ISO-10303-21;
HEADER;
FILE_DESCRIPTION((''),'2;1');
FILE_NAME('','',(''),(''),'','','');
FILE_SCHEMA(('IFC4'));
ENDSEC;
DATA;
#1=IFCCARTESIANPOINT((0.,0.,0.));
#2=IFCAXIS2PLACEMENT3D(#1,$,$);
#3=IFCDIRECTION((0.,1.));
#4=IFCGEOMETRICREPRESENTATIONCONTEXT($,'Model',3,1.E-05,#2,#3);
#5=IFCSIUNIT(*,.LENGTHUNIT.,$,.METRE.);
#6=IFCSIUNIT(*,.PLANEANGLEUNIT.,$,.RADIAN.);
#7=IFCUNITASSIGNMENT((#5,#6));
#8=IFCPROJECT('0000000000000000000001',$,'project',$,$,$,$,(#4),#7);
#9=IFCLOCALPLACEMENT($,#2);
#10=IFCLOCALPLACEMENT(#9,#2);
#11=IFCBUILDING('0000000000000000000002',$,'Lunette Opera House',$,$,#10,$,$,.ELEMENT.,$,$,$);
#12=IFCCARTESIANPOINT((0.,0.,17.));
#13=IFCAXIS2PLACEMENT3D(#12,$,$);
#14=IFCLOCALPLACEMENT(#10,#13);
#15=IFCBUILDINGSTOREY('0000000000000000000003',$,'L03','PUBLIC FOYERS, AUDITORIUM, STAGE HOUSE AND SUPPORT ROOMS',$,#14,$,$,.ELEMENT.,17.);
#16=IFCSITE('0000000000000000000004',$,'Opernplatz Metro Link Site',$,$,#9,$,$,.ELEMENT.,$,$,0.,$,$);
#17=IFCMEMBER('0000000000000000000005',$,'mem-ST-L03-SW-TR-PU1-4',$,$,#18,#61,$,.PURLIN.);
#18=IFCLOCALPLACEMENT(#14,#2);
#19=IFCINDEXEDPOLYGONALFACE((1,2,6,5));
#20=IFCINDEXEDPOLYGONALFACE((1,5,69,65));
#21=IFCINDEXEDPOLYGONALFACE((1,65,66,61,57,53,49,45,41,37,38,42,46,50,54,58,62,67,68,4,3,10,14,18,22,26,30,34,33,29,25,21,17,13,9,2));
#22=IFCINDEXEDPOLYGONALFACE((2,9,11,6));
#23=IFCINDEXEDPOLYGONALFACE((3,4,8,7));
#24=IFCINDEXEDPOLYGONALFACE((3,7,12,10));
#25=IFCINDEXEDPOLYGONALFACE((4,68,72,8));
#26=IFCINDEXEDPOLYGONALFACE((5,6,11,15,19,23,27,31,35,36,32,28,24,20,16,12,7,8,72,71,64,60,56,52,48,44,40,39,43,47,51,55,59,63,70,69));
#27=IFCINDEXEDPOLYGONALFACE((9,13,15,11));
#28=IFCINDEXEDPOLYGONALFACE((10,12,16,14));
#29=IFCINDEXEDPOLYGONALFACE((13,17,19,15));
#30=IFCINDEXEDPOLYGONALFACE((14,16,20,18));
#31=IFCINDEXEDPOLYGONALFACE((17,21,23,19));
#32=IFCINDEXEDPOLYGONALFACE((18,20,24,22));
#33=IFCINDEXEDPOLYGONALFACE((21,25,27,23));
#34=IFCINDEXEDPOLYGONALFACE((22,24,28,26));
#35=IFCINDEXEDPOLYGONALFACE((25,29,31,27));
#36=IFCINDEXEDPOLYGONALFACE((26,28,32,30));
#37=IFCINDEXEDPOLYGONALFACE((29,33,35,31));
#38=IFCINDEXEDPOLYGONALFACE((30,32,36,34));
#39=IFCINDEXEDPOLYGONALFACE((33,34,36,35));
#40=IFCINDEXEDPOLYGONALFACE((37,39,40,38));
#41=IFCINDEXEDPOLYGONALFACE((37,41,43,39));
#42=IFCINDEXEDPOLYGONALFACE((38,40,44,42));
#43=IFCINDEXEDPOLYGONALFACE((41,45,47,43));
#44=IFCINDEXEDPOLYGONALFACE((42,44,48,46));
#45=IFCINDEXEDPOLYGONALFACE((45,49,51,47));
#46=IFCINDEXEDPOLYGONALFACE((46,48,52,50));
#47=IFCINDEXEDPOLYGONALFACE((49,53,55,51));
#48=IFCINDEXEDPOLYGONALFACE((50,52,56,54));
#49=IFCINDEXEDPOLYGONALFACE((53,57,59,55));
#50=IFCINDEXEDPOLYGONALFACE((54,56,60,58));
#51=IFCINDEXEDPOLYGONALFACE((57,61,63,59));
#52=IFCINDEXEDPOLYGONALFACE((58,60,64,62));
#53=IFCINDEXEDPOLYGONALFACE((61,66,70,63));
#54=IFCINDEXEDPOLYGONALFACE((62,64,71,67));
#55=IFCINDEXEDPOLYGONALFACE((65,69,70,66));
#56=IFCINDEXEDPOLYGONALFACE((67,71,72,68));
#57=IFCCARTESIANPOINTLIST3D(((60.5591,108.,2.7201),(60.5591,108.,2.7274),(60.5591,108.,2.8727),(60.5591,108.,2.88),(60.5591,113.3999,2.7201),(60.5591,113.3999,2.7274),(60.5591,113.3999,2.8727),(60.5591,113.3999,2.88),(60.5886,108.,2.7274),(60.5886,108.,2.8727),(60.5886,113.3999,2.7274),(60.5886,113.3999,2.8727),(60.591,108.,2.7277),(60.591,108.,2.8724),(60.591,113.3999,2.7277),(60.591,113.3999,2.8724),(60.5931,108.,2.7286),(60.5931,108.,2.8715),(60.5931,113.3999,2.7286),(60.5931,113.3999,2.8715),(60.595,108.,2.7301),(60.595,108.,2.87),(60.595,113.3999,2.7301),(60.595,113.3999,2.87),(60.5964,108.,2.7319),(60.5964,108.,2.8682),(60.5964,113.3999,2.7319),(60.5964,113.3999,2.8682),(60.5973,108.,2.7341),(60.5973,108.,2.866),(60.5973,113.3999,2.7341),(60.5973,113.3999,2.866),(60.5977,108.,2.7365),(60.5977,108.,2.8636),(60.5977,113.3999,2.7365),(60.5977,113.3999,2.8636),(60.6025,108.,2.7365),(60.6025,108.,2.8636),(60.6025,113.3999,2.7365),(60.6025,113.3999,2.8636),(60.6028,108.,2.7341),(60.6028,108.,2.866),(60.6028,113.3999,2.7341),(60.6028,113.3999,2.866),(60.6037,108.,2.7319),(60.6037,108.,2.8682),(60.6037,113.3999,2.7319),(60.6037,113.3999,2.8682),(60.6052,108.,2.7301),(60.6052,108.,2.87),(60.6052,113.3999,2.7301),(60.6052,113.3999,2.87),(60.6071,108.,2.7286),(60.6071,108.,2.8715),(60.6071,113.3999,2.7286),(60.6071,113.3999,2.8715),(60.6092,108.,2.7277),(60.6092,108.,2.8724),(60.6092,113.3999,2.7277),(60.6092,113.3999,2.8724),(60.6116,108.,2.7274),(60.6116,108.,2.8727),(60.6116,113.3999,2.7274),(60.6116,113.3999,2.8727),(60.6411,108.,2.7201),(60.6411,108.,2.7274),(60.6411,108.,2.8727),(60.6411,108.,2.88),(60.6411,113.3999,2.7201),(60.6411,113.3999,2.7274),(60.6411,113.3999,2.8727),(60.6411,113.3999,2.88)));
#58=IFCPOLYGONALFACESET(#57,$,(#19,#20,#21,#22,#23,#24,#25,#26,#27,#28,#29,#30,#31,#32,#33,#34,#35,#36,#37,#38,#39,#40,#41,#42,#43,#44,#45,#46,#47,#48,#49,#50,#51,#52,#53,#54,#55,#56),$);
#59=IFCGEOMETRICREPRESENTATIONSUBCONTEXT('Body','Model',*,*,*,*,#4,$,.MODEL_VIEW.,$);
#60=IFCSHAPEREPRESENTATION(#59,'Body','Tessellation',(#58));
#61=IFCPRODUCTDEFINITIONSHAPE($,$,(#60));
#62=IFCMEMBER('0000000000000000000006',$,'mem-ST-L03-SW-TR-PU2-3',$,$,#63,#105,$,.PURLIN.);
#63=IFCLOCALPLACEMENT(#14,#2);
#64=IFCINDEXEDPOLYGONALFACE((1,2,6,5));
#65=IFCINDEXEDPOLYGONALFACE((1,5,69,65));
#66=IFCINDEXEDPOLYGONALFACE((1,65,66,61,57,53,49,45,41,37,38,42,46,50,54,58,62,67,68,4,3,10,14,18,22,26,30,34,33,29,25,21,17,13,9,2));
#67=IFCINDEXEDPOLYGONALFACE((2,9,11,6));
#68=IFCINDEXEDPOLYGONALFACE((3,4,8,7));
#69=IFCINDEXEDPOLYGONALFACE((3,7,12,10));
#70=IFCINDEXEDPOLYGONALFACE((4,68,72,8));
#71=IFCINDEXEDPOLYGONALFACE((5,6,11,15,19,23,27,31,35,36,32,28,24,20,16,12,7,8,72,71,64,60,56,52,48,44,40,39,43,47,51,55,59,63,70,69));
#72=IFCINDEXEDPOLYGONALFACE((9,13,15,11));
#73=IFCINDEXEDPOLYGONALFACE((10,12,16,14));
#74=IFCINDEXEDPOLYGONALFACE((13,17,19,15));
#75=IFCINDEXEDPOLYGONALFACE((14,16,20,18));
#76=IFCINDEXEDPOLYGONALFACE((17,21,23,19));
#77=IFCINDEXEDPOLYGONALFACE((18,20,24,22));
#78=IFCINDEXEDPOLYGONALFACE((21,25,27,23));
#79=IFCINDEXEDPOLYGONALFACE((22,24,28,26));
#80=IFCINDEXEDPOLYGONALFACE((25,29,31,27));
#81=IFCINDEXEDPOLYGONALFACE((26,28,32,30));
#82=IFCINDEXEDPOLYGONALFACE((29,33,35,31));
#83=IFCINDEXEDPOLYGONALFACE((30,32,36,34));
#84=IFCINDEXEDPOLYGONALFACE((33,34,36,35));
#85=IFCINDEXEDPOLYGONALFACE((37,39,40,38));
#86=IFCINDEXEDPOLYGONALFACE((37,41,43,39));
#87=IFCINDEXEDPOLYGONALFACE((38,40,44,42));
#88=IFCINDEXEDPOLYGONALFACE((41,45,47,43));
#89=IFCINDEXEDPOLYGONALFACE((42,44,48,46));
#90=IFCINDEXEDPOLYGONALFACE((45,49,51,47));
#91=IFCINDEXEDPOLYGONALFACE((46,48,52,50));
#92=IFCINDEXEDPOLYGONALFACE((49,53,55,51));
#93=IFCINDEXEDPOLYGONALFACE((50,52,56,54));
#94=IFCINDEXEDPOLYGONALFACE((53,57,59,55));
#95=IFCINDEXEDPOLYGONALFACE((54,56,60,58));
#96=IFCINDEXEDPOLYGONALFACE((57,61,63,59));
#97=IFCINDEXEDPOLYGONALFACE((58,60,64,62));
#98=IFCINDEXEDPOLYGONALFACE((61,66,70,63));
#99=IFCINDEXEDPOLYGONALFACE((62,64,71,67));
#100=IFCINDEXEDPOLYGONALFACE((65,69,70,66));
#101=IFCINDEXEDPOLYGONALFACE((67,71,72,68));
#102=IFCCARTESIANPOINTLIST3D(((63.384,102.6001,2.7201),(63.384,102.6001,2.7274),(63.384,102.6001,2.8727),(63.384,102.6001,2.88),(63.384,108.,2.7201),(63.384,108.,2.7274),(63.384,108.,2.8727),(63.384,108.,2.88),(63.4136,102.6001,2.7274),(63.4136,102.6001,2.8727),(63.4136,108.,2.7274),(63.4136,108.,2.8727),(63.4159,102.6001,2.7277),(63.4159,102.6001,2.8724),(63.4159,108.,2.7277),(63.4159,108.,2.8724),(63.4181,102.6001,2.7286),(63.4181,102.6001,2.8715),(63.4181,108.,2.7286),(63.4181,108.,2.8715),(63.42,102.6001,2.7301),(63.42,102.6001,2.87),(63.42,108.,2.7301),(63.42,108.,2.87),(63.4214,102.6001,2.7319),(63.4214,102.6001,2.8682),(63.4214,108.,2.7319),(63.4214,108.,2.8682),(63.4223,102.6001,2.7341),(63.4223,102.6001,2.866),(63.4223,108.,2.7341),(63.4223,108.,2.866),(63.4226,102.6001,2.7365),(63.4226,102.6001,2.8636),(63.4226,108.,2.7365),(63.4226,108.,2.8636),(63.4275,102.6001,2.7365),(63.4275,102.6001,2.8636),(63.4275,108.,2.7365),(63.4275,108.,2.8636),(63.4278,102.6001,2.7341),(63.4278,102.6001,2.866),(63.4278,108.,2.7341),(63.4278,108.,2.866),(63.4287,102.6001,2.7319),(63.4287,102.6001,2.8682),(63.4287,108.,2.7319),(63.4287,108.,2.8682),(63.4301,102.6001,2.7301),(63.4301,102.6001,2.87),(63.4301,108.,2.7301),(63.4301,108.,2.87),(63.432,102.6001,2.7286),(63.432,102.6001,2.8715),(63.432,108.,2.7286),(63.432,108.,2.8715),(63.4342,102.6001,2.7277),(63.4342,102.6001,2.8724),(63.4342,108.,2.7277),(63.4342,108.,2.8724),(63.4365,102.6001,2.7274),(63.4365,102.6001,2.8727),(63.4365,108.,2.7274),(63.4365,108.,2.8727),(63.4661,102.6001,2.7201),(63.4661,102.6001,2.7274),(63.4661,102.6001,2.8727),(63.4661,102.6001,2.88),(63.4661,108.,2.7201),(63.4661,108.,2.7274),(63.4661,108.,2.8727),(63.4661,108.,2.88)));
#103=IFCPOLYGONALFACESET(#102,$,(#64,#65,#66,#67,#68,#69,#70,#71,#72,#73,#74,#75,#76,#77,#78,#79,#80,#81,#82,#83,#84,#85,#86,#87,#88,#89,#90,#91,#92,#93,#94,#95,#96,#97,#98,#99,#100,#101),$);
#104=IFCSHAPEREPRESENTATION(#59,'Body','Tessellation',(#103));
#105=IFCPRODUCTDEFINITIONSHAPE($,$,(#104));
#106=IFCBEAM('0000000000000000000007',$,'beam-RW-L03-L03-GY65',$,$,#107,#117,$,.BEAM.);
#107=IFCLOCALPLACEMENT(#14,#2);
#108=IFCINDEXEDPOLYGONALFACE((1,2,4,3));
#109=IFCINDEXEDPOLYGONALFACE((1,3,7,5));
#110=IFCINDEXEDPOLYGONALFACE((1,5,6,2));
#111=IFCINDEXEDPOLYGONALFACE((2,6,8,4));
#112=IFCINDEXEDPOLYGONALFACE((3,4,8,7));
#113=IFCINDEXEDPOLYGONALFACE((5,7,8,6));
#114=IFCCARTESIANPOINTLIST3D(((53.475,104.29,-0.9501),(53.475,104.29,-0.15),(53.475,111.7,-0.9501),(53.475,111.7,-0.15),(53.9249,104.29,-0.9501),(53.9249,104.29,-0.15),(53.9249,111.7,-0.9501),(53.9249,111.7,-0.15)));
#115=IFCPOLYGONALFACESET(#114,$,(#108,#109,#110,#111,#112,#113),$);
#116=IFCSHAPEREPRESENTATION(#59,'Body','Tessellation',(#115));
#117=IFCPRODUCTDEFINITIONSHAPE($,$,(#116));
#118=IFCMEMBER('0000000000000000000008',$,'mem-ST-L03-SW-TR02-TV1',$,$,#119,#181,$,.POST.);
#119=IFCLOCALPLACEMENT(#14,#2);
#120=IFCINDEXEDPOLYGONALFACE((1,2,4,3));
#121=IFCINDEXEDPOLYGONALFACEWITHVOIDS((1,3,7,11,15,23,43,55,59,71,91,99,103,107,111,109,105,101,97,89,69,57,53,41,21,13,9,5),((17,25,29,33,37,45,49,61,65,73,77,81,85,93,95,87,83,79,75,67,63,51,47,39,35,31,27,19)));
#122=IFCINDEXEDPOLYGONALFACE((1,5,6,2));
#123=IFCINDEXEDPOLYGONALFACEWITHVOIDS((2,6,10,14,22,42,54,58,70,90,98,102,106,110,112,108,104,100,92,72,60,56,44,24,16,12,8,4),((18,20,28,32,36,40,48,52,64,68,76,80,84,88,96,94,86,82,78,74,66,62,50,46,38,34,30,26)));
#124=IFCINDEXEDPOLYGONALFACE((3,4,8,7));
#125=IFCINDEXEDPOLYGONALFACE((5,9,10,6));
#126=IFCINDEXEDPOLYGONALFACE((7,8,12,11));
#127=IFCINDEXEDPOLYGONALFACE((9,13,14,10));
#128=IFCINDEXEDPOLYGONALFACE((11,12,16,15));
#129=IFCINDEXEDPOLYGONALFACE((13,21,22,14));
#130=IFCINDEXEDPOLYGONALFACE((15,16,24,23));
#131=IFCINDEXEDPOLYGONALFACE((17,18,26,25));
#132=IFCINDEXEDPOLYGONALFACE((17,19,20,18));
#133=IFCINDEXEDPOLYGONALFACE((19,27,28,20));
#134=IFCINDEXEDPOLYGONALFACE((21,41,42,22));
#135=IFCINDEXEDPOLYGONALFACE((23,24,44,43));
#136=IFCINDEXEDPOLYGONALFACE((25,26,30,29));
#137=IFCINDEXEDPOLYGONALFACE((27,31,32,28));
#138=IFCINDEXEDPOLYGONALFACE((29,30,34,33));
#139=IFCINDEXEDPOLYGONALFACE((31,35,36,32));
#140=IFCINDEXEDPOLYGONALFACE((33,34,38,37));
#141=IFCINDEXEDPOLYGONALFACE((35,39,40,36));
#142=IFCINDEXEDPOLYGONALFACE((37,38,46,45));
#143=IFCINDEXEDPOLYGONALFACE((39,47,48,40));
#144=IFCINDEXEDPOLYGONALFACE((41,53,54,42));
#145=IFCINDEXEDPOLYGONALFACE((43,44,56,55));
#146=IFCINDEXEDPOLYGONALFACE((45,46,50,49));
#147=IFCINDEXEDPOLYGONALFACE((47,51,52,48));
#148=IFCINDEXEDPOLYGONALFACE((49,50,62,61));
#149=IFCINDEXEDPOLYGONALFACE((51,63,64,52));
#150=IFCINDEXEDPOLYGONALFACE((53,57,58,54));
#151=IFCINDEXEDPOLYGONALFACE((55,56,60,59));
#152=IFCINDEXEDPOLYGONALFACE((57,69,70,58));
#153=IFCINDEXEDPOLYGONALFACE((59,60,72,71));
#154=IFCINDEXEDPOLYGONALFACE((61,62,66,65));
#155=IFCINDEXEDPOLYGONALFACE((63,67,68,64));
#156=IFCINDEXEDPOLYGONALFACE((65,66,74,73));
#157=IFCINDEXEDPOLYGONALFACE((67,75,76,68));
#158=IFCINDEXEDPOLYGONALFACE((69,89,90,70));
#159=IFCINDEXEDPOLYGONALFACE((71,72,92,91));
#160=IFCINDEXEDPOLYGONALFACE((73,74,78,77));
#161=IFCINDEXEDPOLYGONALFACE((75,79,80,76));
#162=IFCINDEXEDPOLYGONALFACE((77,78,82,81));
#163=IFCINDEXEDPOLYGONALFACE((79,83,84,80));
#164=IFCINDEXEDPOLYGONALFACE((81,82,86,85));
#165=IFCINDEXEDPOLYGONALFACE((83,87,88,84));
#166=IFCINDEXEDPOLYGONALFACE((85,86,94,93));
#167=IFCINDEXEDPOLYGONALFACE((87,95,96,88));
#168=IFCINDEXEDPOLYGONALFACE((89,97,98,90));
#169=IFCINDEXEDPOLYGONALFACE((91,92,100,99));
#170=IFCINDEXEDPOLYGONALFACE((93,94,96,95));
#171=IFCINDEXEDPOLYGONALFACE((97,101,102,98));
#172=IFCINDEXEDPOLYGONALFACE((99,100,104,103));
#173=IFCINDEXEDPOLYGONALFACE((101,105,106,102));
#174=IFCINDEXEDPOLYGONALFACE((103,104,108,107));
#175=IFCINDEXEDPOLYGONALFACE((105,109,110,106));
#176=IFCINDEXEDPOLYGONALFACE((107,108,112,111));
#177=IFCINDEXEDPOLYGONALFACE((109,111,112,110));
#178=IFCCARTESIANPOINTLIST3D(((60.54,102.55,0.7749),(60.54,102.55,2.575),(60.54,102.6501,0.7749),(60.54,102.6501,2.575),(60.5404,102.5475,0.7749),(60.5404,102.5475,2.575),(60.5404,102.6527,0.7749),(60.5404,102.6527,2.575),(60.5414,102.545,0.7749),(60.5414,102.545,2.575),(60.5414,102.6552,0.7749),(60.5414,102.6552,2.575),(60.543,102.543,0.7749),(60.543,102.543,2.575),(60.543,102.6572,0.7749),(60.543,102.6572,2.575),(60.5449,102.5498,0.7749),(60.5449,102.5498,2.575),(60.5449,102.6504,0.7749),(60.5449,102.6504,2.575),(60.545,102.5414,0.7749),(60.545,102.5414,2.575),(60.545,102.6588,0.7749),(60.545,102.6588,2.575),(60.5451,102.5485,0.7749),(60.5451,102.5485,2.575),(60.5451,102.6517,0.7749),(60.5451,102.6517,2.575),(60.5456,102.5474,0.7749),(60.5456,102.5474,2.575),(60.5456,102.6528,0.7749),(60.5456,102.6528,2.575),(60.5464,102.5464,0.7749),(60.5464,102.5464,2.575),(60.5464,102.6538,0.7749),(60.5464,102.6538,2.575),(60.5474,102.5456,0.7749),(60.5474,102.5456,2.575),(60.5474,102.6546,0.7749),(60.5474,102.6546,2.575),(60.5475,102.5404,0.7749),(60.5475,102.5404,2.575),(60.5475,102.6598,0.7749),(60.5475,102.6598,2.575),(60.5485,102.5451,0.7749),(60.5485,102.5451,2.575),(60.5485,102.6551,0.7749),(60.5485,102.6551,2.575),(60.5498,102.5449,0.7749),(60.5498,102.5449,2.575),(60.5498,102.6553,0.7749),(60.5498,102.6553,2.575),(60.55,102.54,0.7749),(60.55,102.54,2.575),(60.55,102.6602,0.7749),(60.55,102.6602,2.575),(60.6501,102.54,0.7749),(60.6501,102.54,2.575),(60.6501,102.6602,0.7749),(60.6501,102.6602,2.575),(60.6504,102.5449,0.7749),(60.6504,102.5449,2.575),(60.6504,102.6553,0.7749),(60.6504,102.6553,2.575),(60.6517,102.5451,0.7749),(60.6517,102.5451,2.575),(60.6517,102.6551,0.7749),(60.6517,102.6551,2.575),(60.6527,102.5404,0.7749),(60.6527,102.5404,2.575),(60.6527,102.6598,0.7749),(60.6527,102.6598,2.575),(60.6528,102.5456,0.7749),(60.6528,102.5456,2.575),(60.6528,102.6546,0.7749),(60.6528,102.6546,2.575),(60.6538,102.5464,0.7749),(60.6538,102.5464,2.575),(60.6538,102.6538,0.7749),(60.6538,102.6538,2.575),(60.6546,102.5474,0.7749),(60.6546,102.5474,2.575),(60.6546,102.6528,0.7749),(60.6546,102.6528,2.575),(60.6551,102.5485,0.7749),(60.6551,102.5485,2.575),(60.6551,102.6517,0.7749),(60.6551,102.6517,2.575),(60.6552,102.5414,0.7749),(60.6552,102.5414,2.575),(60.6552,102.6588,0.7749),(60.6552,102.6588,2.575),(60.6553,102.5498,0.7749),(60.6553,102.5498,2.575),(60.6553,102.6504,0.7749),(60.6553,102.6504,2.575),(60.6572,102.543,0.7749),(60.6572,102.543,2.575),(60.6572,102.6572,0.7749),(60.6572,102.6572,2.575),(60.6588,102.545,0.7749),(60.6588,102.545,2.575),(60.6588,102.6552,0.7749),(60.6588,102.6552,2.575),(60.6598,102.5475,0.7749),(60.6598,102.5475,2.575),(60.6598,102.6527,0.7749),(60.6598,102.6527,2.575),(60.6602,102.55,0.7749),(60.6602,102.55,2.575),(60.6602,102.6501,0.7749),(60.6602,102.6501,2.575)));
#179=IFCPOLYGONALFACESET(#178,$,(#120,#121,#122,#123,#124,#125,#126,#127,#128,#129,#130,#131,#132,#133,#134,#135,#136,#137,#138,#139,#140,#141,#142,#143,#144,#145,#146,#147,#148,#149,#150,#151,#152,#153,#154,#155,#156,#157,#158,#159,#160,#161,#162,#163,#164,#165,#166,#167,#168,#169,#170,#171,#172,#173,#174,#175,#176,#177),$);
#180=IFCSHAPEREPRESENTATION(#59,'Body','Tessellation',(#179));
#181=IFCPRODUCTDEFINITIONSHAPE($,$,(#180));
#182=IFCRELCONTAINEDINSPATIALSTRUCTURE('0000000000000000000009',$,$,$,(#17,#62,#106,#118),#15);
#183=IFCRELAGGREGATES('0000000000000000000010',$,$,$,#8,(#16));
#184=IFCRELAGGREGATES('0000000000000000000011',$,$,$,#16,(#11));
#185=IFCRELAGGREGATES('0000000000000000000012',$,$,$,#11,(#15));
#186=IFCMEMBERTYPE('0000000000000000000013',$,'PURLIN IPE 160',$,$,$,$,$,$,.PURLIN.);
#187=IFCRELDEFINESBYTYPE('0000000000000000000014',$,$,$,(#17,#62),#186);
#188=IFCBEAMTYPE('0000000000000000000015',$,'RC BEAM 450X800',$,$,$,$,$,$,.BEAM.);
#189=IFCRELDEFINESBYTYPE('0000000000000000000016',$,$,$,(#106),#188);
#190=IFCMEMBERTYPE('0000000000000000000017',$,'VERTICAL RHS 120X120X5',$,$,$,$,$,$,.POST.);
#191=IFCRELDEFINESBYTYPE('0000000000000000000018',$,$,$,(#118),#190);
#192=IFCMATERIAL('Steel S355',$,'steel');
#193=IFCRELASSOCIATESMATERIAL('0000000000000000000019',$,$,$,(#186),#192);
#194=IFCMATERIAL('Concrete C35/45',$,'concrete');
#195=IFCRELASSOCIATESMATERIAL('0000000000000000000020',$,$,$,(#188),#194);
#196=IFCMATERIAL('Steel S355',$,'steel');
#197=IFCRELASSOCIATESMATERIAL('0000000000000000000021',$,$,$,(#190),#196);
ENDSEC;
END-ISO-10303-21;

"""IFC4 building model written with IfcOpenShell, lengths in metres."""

from ifc_helpers import new_model, si_unit, direction, frame, origin, origin_2d, place, context, subcontext, project, spatial, rectangle, hollow_rectangle, i_section, extrude, material, material_profile, profile_set, type_object, element, save


model = new_model("IFC4")

# Units and contexts
model_context = context("Model", 3, precision=1e-05, world=origin(), true_north=direction((0.0, 1.0)))
body_context = subcontext(model_context, "Body", "Model", "MODEL_VIEW")
ifc_project = project(units=[si_unit("LENGTHUNIT", "METRE"), si_unit("PLANEANGLEUNIT", "RADIAN")], contexts=[model_context])

# Site, building, storey
site_placement = place(None, origin())
site = spatial("IfcSite", under=ifc_project, at=site_placement, Name="Opernplatz Metro Link Site", CompositionType="ELEMENT", RefElevation=0.0)
building_placement = place(site_placement, origin())
building = spatial("IfcBuilding", under=site, at=building_placement, Name="Lunette Opera House", CompositionType="ELEMENT")
storey_placement = place(building_placement, frame((0.0, 0.0, 17.0)))
storey = spatial("IfcBuildingStorey", under=building, at=storey_placement, Name="L03", Description="PUBLIC FOYERS, AUDITORIUM, STAGE HOUSE AND SUPPORT ROOMS", CompositionType="ELEMENT", Elevation=17.0)

# Members
ifc_material_1 = material(Name="Steel S355", Category="steel")
ifc_material_profile_1 = material_profile(ifc_material_1, i_section(OverallWidth=0.082, OverallDepth=0.1599, WebThickness=0.0049, FlangeThickness=0.0073, FilletRadius=0.009, at=origin_2d()), Name="IPE 160")
ifc_profile_set_1 = profile_set([ifc_material_profile_1], Name="Steel S355")
member_type_1 = type_object("IfcMemberType", Name="PURLIN IPE 160", PredefinedType="PURLIN", material=ifc_profile_set_1)
for number, where, z_axis, x_axis, name in (
    (1, (60.6001, 108.0, 2.8), (0.0, 1.0, 0.0), (-1.0, 0.0, 0.0), "mem-ST-L03-SW-TR-PU1-4"),
    (2, (63.425, 102.6001, 2.8), (0.0, 1.0, 0.0), (-1.0, 0.0, 0.0), "mem-ST-L03-SW-TR-PU2-3"),
):
    element("IfcMember", number, at=place(storey_placement, frame(where, z_axis=z_axis, x_axis=x_axis)), inside=storey, type_object=member_type_1, Name=name, PredefinedType="PURLIN", context=body_context, shape_type="SweptSolid", body=[
        extrude(i_section(OverallWidth=0.082, OverallDepth=0.1599, WebThickness=0.0049, FlangeThickness=0.0073, FilletRadius=0.009, at=origin_2d()), origin(), (0.0, 0.0, 1.0), 5.3999),
    ])

# Beam
ifc_material_2 = material(Name="Concrete C35/45", Category="concrete")
ifc_material_profile_2 = material_profile(ifc_material_2, rectangle(XDim=0.45, YDim=0.8, at=origin_2d()), Name="RC BEAM 450X800")
ifc_profile_set_2 = profile_set([ifc_material_profile_2], Name="Concrete C35/45")
beam_type = type_object("IfcBeamType", Name="RC BEAM 450X800", PredefinedType="BEAM", material=ifc_profile_set_2)
beam_placement = place(storey_placement, frame((53.7, 104.29, -0.55), z_axis=(0.0, 1.0, 0.0), x_axis=(-1.0, 0.0, 0.0)))
element("IfcBeam", 3, at=beam_placement, inside=storey, type_object=beam_type, Name="beam-RW-L03-L03-GY65", PredefinedType="BEAM", context=body_context, shape_type="SweptSolid", body=[
    extrude(rectangle(XDim=0.45, YDim=0.8, at=origin_2d()), origin(), (0.0, 0.0, 1.0), 7.4099),
])

# Member
ifc_material_3 = material(Name="Steel S355", Category="steel")
ifc_material_profile_3 = material_profile(ifc_material_3, hollow_rectangle(XDim=0.1201, YDim=0.1201, WallThickness=0.0049, InnerFilletRadius=0.0049, OuterFilletRadius=0.01, at=origin_2d()), Name="RHS 120X120X5")
ifc_profile_set_3 = profile_set([ifc_material_profile_3], Name="Steel S355")
member_type_2 = type_object("IfcMemberType", Name="VERTICAL RHS 120X120X5", PredefinedType="POST", material=ifc_profile_set_3)
for number, where, z_axis, x_axis, name in (
    (4, (60.6001, 102.6001, 0.7749), (0.0, 0.0, 1.0), (1.0, 0.0, 0.0), "mem-ST-L03-SW-TR02-TV1"),
):
    element("IfcMember", number, at=place(storey_placement, frame(where, z_axis=z_axis, x_axis=x_axis)), inside=storey, type_object=member_type_2, Name=name, PredefinedType="POST", context=body_context, shape_type="SweptSolid", body=[
        extrude(hollow_rectangle(XDim=0.1201, YDim=0.1201, WallThickness=0.0049, InnerFilletRadius=0.0049, OuterFilletRadius=0.01, at=origin_2d()), origin(), (0.0, 0.0, 1.0), 1.8),
    ])

save(model, "model.ifc")
